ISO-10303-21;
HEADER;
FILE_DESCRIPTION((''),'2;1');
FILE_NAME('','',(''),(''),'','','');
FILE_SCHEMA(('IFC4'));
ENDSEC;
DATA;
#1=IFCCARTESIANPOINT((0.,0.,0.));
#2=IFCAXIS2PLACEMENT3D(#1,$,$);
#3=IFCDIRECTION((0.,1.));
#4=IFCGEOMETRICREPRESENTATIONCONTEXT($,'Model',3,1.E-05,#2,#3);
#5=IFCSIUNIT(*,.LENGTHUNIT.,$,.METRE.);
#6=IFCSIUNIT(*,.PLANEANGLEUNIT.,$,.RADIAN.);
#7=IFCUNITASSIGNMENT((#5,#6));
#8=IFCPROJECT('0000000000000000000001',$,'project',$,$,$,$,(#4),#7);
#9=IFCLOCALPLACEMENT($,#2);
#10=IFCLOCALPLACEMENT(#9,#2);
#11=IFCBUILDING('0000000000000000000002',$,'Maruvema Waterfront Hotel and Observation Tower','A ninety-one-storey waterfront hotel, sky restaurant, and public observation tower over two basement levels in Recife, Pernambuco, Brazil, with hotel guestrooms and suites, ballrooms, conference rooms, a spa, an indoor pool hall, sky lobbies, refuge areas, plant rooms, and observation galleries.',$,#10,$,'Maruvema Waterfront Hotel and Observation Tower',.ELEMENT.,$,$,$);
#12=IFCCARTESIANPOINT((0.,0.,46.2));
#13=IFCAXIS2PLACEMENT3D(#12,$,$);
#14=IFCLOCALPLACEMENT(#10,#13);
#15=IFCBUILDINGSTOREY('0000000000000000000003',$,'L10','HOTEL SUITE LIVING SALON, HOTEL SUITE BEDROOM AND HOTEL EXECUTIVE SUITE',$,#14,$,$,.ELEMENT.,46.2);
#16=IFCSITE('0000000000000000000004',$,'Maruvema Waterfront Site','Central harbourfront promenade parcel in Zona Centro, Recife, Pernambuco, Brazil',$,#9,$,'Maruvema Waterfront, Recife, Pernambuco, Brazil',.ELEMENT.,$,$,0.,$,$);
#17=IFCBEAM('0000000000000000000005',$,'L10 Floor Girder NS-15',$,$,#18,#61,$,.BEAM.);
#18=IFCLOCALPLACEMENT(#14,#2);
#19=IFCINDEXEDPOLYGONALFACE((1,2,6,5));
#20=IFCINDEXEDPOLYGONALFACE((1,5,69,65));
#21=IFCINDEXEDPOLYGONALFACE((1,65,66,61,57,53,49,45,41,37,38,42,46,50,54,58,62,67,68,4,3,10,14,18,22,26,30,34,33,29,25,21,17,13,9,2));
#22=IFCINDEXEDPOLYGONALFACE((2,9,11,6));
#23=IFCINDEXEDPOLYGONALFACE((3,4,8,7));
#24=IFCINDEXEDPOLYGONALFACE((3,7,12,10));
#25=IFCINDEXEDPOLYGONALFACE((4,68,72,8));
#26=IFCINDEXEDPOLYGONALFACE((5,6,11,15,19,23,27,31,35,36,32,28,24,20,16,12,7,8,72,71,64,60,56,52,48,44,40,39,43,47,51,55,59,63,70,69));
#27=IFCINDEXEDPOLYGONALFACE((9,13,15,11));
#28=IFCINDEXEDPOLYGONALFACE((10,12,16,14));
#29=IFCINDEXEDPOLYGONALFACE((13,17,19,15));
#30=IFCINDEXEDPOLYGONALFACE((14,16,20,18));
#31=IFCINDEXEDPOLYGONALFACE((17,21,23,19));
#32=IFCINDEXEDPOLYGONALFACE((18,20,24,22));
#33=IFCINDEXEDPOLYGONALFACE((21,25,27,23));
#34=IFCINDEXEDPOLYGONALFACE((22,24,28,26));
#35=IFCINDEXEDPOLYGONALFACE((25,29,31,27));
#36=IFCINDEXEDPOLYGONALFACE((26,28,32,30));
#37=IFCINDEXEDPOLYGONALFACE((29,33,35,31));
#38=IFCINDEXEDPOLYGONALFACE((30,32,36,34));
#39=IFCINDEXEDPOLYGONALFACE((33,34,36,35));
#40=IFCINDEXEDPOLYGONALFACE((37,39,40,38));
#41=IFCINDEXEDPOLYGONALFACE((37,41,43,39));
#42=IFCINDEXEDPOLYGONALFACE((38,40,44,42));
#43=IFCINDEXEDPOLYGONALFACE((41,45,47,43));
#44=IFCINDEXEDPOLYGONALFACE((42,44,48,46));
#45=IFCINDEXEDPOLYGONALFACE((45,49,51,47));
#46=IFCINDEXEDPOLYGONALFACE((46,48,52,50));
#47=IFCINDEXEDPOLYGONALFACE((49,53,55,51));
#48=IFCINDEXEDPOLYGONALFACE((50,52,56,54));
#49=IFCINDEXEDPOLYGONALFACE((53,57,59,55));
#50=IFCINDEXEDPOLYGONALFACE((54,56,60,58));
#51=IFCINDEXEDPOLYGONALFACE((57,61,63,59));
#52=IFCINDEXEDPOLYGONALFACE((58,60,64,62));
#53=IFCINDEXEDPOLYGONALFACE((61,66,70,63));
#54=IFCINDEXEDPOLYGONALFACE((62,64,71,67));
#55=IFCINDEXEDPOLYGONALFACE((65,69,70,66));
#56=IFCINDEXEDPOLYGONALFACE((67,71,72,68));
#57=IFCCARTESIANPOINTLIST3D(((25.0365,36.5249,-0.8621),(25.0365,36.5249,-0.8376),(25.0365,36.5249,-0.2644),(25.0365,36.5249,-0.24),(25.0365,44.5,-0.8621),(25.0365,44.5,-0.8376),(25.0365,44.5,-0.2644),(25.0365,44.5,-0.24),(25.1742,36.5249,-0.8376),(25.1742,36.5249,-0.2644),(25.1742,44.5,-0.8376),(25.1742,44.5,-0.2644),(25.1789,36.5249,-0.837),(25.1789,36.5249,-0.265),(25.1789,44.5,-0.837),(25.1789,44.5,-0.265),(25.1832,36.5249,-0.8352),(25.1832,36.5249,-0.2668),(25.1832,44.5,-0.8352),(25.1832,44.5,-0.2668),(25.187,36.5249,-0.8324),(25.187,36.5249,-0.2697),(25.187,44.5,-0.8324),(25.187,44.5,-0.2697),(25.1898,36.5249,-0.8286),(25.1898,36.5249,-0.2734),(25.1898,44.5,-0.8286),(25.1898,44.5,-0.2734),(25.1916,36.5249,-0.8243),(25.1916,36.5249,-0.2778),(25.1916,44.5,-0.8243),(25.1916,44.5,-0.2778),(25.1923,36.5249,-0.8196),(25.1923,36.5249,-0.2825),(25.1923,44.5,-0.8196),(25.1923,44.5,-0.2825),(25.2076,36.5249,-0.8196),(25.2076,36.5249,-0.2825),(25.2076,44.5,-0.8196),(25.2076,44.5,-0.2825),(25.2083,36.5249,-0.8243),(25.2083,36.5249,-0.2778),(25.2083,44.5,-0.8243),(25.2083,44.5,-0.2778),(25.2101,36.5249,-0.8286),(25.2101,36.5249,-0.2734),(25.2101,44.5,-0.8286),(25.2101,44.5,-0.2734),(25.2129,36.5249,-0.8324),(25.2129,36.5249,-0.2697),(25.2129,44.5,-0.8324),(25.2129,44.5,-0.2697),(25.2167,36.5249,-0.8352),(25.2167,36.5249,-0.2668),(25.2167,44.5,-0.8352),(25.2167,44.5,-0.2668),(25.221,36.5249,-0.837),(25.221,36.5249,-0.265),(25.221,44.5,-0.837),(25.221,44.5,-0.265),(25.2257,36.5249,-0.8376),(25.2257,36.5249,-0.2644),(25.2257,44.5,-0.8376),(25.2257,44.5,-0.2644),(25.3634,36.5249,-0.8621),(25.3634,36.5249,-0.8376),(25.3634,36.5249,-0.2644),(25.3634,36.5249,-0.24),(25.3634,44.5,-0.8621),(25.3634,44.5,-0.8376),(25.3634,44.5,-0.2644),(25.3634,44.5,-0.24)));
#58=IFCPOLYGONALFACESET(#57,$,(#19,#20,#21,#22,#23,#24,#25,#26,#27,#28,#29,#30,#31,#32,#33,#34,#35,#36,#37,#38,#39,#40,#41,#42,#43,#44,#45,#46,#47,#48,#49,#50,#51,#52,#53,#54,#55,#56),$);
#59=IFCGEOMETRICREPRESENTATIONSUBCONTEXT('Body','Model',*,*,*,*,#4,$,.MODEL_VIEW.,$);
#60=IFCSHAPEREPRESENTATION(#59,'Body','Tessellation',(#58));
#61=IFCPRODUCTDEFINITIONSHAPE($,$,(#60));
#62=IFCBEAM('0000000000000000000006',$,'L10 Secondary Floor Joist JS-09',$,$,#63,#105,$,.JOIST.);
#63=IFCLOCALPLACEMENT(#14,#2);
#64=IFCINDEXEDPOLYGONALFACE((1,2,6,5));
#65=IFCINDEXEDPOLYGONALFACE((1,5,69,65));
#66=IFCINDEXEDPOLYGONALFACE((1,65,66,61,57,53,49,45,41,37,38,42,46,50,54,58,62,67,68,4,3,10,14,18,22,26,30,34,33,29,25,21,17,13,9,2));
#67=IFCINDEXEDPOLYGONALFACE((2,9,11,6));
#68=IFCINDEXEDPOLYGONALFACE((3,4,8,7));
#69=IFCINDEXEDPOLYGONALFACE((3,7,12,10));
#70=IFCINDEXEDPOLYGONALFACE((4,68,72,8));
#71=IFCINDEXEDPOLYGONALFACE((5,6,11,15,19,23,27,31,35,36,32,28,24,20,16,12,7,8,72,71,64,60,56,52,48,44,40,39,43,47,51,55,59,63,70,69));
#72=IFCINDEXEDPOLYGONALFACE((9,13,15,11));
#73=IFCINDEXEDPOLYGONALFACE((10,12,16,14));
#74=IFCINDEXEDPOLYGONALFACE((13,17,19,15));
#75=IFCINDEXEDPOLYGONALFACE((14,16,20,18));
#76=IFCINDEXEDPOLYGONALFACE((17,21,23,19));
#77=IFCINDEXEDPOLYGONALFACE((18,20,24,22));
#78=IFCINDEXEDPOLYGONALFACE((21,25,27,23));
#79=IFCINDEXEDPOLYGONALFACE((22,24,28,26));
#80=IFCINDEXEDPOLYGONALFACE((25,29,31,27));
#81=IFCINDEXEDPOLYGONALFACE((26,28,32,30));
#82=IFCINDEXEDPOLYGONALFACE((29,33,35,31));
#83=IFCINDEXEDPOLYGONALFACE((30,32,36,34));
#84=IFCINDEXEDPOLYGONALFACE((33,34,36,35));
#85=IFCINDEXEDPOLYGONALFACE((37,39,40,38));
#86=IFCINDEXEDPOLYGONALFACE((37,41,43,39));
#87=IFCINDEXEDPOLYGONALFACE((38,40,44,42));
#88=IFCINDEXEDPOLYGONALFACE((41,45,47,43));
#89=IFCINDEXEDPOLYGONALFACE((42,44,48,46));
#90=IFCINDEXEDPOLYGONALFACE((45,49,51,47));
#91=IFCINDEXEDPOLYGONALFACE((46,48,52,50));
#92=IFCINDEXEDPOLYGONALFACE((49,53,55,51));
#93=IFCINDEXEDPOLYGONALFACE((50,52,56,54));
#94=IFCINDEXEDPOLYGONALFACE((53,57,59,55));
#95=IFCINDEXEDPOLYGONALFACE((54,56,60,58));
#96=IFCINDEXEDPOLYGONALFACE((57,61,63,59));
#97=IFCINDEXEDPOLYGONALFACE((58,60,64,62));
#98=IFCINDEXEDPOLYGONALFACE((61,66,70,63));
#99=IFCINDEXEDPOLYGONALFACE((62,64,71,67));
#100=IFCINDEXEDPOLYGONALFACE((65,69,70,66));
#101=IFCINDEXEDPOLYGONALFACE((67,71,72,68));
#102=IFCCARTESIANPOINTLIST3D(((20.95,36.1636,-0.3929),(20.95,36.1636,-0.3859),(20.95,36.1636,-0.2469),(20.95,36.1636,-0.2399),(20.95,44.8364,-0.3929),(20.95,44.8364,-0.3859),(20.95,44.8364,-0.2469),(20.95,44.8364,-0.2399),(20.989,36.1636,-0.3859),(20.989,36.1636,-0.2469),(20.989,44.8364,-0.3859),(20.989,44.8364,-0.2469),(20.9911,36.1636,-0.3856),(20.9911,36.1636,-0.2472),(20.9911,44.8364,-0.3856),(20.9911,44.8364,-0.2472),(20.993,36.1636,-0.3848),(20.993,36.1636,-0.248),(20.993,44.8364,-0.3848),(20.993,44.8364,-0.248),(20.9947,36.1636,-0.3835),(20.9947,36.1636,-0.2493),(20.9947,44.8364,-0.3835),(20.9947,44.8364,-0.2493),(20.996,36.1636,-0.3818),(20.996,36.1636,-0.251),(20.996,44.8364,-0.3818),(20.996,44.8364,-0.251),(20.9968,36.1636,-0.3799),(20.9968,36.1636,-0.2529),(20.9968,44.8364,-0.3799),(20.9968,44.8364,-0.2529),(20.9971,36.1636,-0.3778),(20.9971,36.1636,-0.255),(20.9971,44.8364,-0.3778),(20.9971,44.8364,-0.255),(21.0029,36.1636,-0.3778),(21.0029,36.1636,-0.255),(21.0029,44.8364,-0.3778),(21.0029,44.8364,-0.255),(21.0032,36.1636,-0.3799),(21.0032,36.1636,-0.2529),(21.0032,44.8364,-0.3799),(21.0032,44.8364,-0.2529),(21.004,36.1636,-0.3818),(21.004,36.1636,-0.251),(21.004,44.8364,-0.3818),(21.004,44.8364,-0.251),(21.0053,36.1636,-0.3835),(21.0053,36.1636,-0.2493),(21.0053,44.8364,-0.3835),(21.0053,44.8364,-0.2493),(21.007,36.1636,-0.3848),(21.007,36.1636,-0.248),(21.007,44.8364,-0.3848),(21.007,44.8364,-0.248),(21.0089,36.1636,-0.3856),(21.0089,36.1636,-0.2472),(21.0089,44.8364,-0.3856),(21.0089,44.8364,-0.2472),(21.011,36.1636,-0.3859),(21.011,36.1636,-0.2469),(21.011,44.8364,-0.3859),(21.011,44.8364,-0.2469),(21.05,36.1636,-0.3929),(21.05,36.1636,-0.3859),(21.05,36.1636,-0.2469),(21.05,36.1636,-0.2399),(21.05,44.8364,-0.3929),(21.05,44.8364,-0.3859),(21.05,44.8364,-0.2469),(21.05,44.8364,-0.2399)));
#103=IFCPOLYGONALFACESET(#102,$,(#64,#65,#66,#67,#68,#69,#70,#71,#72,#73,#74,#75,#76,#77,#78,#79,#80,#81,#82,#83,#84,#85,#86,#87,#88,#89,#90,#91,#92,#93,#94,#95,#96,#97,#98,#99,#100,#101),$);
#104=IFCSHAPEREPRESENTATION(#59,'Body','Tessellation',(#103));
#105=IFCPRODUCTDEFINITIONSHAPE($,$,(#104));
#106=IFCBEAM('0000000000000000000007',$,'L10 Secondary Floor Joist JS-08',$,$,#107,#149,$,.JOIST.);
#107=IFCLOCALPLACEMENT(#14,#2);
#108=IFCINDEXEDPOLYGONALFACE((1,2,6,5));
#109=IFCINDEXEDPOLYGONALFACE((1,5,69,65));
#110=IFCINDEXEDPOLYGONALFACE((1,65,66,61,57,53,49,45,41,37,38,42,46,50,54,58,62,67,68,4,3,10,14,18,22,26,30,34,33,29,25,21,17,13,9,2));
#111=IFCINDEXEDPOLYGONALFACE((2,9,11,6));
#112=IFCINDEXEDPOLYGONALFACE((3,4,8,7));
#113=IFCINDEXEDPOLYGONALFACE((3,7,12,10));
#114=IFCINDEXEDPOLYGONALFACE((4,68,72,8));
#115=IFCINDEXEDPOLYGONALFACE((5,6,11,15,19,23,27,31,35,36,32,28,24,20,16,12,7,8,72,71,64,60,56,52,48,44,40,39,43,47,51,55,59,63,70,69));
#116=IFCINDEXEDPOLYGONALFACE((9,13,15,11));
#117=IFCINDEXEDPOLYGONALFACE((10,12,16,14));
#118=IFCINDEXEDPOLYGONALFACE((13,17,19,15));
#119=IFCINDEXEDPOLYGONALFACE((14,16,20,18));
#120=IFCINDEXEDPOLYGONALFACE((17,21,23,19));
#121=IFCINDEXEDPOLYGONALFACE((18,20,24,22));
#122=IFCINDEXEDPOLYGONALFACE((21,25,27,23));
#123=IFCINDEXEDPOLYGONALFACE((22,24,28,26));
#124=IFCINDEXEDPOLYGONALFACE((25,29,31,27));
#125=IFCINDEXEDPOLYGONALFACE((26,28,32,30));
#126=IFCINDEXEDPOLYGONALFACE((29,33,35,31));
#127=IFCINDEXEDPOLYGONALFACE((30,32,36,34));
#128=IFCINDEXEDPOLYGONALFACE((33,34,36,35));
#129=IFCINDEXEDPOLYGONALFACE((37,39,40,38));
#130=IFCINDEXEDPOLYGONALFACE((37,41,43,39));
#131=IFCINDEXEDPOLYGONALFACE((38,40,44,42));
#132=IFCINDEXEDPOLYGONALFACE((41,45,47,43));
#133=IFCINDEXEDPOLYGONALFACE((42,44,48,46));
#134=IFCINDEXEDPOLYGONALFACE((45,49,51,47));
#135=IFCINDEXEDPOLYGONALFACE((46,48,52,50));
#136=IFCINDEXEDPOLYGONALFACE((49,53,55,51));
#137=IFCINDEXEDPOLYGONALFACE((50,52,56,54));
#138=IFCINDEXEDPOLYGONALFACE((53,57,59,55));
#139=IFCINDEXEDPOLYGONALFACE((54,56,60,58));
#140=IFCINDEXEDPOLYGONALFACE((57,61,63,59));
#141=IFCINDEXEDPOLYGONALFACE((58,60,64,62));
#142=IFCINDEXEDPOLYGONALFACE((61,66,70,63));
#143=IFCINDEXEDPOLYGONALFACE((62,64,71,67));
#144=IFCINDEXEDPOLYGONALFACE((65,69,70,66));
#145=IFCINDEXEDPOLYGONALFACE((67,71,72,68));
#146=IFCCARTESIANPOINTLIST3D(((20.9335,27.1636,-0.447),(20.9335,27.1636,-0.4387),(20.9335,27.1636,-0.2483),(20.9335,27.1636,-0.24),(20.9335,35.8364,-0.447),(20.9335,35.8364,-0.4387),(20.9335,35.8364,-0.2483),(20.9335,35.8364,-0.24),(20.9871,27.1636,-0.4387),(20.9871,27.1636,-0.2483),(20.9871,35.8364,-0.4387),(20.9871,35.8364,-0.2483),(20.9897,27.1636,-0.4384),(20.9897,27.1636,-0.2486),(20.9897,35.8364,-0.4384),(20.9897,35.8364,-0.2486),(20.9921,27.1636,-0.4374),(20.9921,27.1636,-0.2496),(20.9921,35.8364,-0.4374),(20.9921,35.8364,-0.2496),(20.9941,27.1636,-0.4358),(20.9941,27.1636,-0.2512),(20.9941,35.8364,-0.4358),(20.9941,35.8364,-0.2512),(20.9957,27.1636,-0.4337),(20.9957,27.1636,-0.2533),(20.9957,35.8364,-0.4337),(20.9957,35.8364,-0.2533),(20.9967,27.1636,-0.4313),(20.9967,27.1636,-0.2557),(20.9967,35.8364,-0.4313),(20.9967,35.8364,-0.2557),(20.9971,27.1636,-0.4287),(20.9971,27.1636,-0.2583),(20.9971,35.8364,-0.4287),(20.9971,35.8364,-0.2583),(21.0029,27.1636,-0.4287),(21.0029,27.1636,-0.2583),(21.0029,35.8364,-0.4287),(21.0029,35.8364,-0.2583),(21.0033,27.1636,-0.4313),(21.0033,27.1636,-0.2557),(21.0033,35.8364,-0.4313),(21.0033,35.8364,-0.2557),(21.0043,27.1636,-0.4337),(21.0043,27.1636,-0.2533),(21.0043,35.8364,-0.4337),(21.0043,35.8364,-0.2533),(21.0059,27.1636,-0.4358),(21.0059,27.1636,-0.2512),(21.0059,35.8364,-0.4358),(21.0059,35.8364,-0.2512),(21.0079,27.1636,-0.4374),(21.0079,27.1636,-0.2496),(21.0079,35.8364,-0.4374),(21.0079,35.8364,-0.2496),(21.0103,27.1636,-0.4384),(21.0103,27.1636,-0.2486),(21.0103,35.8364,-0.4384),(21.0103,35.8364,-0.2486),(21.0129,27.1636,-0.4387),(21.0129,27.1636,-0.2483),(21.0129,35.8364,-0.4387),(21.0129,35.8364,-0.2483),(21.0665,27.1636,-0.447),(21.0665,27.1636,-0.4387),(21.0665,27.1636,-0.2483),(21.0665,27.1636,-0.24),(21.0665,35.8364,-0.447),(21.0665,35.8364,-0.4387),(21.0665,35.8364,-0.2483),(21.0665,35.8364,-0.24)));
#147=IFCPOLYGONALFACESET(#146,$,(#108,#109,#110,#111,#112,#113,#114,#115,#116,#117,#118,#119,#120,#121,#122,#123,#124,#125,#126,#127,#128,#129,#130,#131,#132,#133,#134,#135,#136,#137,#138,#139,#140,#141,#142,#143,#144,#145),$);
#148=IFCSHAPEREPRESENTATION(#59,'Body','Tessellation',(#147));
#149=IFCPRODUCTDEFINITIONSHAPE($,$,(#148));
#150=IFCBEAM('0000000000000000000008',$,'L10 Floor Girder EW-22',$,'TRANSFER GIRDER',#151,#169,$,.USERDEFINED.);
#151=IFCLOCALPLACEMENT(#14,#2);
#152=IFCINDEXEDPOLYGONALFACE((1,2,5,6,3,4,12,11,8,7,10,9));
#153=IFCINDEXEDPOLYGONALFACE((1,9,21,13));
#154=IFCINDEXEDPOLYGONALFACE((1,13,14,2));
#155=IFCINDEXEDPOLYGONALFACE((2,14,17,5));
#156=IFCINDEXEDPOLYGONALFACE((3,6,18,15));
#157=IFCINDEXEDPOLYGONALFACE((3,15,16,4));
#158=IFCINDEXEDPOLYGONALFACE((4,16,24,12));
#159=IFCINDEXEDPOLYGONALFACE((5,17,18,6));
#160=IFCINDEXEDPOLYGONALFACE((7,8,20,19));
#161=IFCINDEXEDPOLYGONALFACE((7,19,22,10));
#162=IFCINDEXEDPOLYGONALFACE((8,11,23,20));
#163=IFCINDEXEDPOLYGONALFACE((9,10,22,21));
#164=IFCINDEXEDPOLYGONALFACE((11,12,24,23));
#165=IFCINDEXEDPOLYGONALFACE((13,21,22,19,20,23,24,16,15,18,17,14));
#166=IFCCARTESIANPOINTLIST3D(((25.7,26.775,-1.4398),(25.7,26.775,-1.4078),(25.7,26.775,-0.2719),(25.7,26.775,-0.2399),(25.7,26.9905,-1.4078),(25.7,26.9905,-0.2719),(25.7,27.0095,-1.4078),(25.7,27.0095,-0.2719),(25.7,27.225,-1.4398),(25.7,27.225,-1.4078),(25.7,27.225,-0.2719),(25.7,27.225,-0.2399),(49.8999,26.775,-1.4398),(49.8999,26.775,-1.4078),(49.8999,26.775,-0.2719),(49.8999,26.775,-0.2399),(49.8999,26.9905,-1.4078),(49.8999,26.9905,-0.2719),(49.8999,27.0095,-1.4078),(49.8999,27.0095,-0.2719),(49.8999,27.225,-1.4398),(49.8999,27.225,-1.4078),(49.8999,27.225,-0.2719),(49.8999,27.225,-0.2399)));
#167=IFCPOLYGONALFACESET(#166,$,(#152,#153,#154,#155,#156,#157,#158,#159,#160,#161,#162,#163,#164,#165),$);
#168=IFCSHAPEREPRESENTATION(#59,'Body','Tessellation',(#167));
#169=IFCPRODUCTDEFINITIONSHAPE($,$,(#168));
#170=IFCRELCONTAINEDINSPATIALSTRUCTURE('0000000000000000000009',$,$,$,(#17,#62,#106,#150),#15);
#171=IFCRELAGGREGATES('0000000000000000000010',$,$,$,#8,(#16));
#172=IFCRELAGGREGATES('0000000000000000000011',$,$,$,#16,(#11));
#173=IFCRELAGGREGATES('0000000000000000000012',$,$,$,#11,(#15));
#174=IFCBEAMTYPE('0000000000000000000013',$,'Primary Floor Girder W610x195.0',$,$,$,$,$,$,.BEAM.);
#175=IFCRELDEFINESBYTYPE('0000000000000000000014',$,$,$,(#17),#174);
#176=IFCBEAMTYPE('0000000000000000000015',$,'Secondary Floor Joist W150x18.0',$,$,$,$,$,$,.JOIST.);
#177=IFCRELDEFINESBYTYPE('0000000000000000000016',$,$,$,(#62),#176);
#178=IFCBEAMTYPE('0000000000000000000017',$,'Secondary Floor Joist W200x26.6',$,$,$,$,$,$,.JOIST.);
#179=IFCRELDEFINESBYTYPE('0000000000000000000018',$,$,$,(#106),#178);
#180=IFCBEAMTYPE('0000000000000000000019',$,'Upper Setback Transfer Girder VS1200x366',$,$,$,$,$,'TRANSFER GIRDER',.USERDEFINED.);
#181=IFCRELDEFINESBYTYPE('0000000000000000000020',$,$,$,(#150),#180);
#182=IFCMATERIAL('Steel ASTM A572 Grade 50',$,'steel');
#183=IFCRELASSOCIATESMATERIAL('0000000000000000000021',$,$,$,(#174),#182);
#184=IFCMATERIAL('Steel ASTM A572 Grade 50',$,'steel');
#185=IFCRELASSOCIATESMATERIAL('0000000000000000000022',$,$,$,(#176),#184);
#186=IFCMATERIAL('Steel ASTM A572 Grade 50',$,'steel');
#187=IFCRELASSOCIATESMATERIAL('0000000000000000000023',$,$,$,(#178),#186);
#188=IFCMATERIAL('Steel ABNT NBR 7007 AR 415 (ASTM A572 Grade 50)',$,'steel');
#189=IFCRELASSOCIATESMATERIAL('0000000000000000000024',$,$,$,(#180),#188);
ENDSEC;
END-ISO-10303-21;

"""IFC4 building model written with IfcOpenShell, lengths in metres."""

from ifc_helpers import new_model, si_unit, direction, frame, origin, origin_2d, place, context, subcontext, project, spatial, i_section, extrude, material, material_profile, profile_set, type_object, element, save


model = new_model("IFC4")

# Units and contexts
model_context = context("Model", 3, precision=1e-05, world=origin(), true_north=direction((0.0, 1.0)))
body_context = subcontext(model_context, "Body", "Model", "MODEL_VIEW")
ifc_project = project(units=[si_unit("LENGTHUNIT", "METRE"), si_unit("PLANEANGLEUNIT", "RADIAN")], contexts=[model_context])

# Site, building, storey
site_placement = place(None, origin())
site = spatial("IfcSite", under=ifc_project, at=site_placement, Name="Maruvema Waterfront Site", Description="Central harbourfront promenade parcel in Zona Centro, Recife, Pernambuco, Brazil", LongName="Maruvema Waterfront, Recife, Pernambuco, Brazil", CompositionType="ELEMENT", RefElevation=0.0)
building_placement = place(site_placement, origin())
building = spatial("IfcBuilding", under=site, at=building_placement, Name="Maruvema Waterfront Hotel and Observation Tower", Description="A ninety-one-storey waterfront hotel, sky restaurant, and public observation tower over two basement levels in Recife, Pernambuco, Brazil, with hotel guestrooms and suites, ballrooms, conference rooms, a spa, an indoor pool hall, sky lobbies, refuge areas, plant rooms, and observation galleries.", LongName="Maruvema Waterfront Hotel and Observation Tower", CompositionType="ELEMENT")
storey_placement = place(building_placement, frame((0.0, 0.0, 46.2)))
storey = spatial("IfcBuildingStorey", under=building, at=storey_placement, Name="L10", Description="HOTEL SUITE LIVING SALON, HOTEL SUITE BEDROOM AND HOTEL EXECUTIVE SUITE", CompositionType="ELEMENT", Elevation=46.2)

# Beams
ifc_material_1 = material(Name="Steel ASTM A572 Grade 50", Category="steel")
ifc_material_profile_1 = material_profile(ifc_material_1, i_section(OverallWidth=0.3269, OverallDepth=0.6221, WebThickness=0.0154, FlangeThickness=0.0244, FilletRadius=0.0181, at=origin_2d()), Name="W610x195.0")
ifc_profile_set_1 = profile_set([ifc_material_profile_1], Name="Steel ASTM A572 Grade 50")
beam_type_1 = type_object("IfcBeamType", Name="Primary Floor Girder W610x195.0", PredefinedType="BEAM", material=ifc_profile_set_1)
for number, where, z_axis, x_axis, name in (
    (1, (25.2, 36.5249, -0.551), (0.0, 1.0, 0.0), (-1.0, 0.0, 0.0), "L10 Floor Girder NS-15"),
):
    element("IfcBeam", number, at=place(storey_placement, frame(where, z_axis=z_axis, x_axis=x_axis)), inside=storey, type_object=beam_type_1, Name=name, PredefinedType="BEAM", context=body_context, shape_type="SweptSolid", body=[
        extrude(i_section(OverallWidth=0.3269, OverallDepth=0.6221, WebThickness=0.0154, FlangeThickness=0.0244, FilletRadius=0.0181, at=origin_2d()), origin(), (0.0, 0.0, 1.0), 7.9751),
    ])
ifc_material_2 = material(Name="Steel ASTM A572 Grade 50", Category="steel")
ifc_material_profile_2 = material_profile(ifc_material_2, i_section(OverallWidth=0.1001, OverallDepth=0.1531, WebThickness=0.0059, FlangeThickness=0.0071, FilletRadius=0.0081, at=origin_2d()), Name="W150x18.0")
ifc_profile_set_2 = profile_set([ifc_material_profile_2], Name="Steel ASTM A572 Grade 50")
beam_type_2 = type_object("IfcBeamType", Name="Secondary Floor Joist W150x18.0", PredefinedType="JOIST", material=ifc_profile_set_2)
beam_1_placement = place(storey_placement, frame((21.0, 36.1636, -0.3164), z_axis=(0.0, 1.0, 0.0), x_axis=(-1.0, 0.0, 0.0)))
element("IfcBeam", 2, at=beam_1_placement, inside=storey, type_object=beam_type_2, Name="L10 Secondary Floor Joist JS-09", PredefinedType="JOIST", context=body_context, shape_type="SweptSolid", body=[
    extrude(i_section(OverallWidth=0.1001, OverallDepth=0.1531, WebThickness=0.0059, FlangeThickness=0.0071, FilletRadius=0.0081, at=origin_2d()), origin(), (0.0, 0.0, 1.0), 8.6729),
])
ifc_material_3 = material(Name="Steel ASTM A572 Grade 50", Category="steel")
ifc_material_profile_3 = material_profile(ifc_material_3, i_section(OverallWidth=0.1331, OverallDepth=0.207, WebThickness=0.0059, FlangeThickness=0.0083, FilletRadius=0.01, at=origin_2d()), Name="W200x26.6")
ifc_profile_set_3 = profile_set([ifc_material_profile_3], Name="Steel ASTM A572 Grade 50")
beam_type_3 = type_object("IfcBeamType", Name="Secondary Floor Joist W200x26.6", PredefinedType="JOIST", material=ifc_profile_set_3)
beam_2_placement = place(storey_placement, frame((21.0, 27.1636, -0.3435), z_axis=(0.0, 1.0, 0.0), x_axis=(-1.0, 0.0, 0.0)))
element("IfcBeam", 3, at=beam_2_placement, inside=storey, type_object=beam_type_3, Name="L10 Secondary Floor Joist JS-08", PredefinedType="JOIST", context=body_context, shape_type="SweptSolid", body=[
    extrude(i_section(OverallWidth=0.1331, OverallDepth=0.207, WebThickness=0.0059, FlangeThickness=0.0083, FilletRadius=0.01, at=origin_2d()), origin(), (0.0, 0.0, 1.0), 8.6729),
])
ifc_material_4 = material(Name="Steel ABNT NBR 7007 AR 415 (ASTM A572 Grade 50)", Category="steel")
ifc_material_profile_4 = material_profile(ifc_material_4, i_section(OverallWidth=0.45, OverallDepth=1.2, WebThickness=0.019, FlangeThickness=0.032, at=origin_2d()), Name="VS1200x366")
ifc_profile_set_4 = profile_set([ifc_material_profile_4], Name="Steel ABNT NBR 7007 AR 415 (ASTM A572 Grade 50)")
beam_type_4 = type_object("IfcBeamType", Name="Upper Setback Transfer Girder VS1200x366", ElementType="TRANSFER GIRDER", PredefinedType="USERDEFINED", material=ifc_profile_set_4)
beam_3_placement = place(storey_placement, frame((25.7, 27.0, -0.8398), z_axis=(1.0, 0.0, 0.0), x_axis=(0.0, 1.0, 0.0)))
element("IfcBeam", 4, at=beam_3_placement, inside=storey, type_object=beam_type_4, Name="L10 Floor Girder EW-22", ObjectType="TRANSFER GIRDER", PredefinedType="USERDEFINED", context=body_context, shape_type="SweptSolid", body=[
    extrude(i_section(OverallWidth=0.45, OverallDepth=1.2, WebThickness=0.019, FlangeThickness=0.032, at=origin_2d()), origin(), (0.0, 0.0, 1.0), 24.2),
])

save(model, "model.ifc")
